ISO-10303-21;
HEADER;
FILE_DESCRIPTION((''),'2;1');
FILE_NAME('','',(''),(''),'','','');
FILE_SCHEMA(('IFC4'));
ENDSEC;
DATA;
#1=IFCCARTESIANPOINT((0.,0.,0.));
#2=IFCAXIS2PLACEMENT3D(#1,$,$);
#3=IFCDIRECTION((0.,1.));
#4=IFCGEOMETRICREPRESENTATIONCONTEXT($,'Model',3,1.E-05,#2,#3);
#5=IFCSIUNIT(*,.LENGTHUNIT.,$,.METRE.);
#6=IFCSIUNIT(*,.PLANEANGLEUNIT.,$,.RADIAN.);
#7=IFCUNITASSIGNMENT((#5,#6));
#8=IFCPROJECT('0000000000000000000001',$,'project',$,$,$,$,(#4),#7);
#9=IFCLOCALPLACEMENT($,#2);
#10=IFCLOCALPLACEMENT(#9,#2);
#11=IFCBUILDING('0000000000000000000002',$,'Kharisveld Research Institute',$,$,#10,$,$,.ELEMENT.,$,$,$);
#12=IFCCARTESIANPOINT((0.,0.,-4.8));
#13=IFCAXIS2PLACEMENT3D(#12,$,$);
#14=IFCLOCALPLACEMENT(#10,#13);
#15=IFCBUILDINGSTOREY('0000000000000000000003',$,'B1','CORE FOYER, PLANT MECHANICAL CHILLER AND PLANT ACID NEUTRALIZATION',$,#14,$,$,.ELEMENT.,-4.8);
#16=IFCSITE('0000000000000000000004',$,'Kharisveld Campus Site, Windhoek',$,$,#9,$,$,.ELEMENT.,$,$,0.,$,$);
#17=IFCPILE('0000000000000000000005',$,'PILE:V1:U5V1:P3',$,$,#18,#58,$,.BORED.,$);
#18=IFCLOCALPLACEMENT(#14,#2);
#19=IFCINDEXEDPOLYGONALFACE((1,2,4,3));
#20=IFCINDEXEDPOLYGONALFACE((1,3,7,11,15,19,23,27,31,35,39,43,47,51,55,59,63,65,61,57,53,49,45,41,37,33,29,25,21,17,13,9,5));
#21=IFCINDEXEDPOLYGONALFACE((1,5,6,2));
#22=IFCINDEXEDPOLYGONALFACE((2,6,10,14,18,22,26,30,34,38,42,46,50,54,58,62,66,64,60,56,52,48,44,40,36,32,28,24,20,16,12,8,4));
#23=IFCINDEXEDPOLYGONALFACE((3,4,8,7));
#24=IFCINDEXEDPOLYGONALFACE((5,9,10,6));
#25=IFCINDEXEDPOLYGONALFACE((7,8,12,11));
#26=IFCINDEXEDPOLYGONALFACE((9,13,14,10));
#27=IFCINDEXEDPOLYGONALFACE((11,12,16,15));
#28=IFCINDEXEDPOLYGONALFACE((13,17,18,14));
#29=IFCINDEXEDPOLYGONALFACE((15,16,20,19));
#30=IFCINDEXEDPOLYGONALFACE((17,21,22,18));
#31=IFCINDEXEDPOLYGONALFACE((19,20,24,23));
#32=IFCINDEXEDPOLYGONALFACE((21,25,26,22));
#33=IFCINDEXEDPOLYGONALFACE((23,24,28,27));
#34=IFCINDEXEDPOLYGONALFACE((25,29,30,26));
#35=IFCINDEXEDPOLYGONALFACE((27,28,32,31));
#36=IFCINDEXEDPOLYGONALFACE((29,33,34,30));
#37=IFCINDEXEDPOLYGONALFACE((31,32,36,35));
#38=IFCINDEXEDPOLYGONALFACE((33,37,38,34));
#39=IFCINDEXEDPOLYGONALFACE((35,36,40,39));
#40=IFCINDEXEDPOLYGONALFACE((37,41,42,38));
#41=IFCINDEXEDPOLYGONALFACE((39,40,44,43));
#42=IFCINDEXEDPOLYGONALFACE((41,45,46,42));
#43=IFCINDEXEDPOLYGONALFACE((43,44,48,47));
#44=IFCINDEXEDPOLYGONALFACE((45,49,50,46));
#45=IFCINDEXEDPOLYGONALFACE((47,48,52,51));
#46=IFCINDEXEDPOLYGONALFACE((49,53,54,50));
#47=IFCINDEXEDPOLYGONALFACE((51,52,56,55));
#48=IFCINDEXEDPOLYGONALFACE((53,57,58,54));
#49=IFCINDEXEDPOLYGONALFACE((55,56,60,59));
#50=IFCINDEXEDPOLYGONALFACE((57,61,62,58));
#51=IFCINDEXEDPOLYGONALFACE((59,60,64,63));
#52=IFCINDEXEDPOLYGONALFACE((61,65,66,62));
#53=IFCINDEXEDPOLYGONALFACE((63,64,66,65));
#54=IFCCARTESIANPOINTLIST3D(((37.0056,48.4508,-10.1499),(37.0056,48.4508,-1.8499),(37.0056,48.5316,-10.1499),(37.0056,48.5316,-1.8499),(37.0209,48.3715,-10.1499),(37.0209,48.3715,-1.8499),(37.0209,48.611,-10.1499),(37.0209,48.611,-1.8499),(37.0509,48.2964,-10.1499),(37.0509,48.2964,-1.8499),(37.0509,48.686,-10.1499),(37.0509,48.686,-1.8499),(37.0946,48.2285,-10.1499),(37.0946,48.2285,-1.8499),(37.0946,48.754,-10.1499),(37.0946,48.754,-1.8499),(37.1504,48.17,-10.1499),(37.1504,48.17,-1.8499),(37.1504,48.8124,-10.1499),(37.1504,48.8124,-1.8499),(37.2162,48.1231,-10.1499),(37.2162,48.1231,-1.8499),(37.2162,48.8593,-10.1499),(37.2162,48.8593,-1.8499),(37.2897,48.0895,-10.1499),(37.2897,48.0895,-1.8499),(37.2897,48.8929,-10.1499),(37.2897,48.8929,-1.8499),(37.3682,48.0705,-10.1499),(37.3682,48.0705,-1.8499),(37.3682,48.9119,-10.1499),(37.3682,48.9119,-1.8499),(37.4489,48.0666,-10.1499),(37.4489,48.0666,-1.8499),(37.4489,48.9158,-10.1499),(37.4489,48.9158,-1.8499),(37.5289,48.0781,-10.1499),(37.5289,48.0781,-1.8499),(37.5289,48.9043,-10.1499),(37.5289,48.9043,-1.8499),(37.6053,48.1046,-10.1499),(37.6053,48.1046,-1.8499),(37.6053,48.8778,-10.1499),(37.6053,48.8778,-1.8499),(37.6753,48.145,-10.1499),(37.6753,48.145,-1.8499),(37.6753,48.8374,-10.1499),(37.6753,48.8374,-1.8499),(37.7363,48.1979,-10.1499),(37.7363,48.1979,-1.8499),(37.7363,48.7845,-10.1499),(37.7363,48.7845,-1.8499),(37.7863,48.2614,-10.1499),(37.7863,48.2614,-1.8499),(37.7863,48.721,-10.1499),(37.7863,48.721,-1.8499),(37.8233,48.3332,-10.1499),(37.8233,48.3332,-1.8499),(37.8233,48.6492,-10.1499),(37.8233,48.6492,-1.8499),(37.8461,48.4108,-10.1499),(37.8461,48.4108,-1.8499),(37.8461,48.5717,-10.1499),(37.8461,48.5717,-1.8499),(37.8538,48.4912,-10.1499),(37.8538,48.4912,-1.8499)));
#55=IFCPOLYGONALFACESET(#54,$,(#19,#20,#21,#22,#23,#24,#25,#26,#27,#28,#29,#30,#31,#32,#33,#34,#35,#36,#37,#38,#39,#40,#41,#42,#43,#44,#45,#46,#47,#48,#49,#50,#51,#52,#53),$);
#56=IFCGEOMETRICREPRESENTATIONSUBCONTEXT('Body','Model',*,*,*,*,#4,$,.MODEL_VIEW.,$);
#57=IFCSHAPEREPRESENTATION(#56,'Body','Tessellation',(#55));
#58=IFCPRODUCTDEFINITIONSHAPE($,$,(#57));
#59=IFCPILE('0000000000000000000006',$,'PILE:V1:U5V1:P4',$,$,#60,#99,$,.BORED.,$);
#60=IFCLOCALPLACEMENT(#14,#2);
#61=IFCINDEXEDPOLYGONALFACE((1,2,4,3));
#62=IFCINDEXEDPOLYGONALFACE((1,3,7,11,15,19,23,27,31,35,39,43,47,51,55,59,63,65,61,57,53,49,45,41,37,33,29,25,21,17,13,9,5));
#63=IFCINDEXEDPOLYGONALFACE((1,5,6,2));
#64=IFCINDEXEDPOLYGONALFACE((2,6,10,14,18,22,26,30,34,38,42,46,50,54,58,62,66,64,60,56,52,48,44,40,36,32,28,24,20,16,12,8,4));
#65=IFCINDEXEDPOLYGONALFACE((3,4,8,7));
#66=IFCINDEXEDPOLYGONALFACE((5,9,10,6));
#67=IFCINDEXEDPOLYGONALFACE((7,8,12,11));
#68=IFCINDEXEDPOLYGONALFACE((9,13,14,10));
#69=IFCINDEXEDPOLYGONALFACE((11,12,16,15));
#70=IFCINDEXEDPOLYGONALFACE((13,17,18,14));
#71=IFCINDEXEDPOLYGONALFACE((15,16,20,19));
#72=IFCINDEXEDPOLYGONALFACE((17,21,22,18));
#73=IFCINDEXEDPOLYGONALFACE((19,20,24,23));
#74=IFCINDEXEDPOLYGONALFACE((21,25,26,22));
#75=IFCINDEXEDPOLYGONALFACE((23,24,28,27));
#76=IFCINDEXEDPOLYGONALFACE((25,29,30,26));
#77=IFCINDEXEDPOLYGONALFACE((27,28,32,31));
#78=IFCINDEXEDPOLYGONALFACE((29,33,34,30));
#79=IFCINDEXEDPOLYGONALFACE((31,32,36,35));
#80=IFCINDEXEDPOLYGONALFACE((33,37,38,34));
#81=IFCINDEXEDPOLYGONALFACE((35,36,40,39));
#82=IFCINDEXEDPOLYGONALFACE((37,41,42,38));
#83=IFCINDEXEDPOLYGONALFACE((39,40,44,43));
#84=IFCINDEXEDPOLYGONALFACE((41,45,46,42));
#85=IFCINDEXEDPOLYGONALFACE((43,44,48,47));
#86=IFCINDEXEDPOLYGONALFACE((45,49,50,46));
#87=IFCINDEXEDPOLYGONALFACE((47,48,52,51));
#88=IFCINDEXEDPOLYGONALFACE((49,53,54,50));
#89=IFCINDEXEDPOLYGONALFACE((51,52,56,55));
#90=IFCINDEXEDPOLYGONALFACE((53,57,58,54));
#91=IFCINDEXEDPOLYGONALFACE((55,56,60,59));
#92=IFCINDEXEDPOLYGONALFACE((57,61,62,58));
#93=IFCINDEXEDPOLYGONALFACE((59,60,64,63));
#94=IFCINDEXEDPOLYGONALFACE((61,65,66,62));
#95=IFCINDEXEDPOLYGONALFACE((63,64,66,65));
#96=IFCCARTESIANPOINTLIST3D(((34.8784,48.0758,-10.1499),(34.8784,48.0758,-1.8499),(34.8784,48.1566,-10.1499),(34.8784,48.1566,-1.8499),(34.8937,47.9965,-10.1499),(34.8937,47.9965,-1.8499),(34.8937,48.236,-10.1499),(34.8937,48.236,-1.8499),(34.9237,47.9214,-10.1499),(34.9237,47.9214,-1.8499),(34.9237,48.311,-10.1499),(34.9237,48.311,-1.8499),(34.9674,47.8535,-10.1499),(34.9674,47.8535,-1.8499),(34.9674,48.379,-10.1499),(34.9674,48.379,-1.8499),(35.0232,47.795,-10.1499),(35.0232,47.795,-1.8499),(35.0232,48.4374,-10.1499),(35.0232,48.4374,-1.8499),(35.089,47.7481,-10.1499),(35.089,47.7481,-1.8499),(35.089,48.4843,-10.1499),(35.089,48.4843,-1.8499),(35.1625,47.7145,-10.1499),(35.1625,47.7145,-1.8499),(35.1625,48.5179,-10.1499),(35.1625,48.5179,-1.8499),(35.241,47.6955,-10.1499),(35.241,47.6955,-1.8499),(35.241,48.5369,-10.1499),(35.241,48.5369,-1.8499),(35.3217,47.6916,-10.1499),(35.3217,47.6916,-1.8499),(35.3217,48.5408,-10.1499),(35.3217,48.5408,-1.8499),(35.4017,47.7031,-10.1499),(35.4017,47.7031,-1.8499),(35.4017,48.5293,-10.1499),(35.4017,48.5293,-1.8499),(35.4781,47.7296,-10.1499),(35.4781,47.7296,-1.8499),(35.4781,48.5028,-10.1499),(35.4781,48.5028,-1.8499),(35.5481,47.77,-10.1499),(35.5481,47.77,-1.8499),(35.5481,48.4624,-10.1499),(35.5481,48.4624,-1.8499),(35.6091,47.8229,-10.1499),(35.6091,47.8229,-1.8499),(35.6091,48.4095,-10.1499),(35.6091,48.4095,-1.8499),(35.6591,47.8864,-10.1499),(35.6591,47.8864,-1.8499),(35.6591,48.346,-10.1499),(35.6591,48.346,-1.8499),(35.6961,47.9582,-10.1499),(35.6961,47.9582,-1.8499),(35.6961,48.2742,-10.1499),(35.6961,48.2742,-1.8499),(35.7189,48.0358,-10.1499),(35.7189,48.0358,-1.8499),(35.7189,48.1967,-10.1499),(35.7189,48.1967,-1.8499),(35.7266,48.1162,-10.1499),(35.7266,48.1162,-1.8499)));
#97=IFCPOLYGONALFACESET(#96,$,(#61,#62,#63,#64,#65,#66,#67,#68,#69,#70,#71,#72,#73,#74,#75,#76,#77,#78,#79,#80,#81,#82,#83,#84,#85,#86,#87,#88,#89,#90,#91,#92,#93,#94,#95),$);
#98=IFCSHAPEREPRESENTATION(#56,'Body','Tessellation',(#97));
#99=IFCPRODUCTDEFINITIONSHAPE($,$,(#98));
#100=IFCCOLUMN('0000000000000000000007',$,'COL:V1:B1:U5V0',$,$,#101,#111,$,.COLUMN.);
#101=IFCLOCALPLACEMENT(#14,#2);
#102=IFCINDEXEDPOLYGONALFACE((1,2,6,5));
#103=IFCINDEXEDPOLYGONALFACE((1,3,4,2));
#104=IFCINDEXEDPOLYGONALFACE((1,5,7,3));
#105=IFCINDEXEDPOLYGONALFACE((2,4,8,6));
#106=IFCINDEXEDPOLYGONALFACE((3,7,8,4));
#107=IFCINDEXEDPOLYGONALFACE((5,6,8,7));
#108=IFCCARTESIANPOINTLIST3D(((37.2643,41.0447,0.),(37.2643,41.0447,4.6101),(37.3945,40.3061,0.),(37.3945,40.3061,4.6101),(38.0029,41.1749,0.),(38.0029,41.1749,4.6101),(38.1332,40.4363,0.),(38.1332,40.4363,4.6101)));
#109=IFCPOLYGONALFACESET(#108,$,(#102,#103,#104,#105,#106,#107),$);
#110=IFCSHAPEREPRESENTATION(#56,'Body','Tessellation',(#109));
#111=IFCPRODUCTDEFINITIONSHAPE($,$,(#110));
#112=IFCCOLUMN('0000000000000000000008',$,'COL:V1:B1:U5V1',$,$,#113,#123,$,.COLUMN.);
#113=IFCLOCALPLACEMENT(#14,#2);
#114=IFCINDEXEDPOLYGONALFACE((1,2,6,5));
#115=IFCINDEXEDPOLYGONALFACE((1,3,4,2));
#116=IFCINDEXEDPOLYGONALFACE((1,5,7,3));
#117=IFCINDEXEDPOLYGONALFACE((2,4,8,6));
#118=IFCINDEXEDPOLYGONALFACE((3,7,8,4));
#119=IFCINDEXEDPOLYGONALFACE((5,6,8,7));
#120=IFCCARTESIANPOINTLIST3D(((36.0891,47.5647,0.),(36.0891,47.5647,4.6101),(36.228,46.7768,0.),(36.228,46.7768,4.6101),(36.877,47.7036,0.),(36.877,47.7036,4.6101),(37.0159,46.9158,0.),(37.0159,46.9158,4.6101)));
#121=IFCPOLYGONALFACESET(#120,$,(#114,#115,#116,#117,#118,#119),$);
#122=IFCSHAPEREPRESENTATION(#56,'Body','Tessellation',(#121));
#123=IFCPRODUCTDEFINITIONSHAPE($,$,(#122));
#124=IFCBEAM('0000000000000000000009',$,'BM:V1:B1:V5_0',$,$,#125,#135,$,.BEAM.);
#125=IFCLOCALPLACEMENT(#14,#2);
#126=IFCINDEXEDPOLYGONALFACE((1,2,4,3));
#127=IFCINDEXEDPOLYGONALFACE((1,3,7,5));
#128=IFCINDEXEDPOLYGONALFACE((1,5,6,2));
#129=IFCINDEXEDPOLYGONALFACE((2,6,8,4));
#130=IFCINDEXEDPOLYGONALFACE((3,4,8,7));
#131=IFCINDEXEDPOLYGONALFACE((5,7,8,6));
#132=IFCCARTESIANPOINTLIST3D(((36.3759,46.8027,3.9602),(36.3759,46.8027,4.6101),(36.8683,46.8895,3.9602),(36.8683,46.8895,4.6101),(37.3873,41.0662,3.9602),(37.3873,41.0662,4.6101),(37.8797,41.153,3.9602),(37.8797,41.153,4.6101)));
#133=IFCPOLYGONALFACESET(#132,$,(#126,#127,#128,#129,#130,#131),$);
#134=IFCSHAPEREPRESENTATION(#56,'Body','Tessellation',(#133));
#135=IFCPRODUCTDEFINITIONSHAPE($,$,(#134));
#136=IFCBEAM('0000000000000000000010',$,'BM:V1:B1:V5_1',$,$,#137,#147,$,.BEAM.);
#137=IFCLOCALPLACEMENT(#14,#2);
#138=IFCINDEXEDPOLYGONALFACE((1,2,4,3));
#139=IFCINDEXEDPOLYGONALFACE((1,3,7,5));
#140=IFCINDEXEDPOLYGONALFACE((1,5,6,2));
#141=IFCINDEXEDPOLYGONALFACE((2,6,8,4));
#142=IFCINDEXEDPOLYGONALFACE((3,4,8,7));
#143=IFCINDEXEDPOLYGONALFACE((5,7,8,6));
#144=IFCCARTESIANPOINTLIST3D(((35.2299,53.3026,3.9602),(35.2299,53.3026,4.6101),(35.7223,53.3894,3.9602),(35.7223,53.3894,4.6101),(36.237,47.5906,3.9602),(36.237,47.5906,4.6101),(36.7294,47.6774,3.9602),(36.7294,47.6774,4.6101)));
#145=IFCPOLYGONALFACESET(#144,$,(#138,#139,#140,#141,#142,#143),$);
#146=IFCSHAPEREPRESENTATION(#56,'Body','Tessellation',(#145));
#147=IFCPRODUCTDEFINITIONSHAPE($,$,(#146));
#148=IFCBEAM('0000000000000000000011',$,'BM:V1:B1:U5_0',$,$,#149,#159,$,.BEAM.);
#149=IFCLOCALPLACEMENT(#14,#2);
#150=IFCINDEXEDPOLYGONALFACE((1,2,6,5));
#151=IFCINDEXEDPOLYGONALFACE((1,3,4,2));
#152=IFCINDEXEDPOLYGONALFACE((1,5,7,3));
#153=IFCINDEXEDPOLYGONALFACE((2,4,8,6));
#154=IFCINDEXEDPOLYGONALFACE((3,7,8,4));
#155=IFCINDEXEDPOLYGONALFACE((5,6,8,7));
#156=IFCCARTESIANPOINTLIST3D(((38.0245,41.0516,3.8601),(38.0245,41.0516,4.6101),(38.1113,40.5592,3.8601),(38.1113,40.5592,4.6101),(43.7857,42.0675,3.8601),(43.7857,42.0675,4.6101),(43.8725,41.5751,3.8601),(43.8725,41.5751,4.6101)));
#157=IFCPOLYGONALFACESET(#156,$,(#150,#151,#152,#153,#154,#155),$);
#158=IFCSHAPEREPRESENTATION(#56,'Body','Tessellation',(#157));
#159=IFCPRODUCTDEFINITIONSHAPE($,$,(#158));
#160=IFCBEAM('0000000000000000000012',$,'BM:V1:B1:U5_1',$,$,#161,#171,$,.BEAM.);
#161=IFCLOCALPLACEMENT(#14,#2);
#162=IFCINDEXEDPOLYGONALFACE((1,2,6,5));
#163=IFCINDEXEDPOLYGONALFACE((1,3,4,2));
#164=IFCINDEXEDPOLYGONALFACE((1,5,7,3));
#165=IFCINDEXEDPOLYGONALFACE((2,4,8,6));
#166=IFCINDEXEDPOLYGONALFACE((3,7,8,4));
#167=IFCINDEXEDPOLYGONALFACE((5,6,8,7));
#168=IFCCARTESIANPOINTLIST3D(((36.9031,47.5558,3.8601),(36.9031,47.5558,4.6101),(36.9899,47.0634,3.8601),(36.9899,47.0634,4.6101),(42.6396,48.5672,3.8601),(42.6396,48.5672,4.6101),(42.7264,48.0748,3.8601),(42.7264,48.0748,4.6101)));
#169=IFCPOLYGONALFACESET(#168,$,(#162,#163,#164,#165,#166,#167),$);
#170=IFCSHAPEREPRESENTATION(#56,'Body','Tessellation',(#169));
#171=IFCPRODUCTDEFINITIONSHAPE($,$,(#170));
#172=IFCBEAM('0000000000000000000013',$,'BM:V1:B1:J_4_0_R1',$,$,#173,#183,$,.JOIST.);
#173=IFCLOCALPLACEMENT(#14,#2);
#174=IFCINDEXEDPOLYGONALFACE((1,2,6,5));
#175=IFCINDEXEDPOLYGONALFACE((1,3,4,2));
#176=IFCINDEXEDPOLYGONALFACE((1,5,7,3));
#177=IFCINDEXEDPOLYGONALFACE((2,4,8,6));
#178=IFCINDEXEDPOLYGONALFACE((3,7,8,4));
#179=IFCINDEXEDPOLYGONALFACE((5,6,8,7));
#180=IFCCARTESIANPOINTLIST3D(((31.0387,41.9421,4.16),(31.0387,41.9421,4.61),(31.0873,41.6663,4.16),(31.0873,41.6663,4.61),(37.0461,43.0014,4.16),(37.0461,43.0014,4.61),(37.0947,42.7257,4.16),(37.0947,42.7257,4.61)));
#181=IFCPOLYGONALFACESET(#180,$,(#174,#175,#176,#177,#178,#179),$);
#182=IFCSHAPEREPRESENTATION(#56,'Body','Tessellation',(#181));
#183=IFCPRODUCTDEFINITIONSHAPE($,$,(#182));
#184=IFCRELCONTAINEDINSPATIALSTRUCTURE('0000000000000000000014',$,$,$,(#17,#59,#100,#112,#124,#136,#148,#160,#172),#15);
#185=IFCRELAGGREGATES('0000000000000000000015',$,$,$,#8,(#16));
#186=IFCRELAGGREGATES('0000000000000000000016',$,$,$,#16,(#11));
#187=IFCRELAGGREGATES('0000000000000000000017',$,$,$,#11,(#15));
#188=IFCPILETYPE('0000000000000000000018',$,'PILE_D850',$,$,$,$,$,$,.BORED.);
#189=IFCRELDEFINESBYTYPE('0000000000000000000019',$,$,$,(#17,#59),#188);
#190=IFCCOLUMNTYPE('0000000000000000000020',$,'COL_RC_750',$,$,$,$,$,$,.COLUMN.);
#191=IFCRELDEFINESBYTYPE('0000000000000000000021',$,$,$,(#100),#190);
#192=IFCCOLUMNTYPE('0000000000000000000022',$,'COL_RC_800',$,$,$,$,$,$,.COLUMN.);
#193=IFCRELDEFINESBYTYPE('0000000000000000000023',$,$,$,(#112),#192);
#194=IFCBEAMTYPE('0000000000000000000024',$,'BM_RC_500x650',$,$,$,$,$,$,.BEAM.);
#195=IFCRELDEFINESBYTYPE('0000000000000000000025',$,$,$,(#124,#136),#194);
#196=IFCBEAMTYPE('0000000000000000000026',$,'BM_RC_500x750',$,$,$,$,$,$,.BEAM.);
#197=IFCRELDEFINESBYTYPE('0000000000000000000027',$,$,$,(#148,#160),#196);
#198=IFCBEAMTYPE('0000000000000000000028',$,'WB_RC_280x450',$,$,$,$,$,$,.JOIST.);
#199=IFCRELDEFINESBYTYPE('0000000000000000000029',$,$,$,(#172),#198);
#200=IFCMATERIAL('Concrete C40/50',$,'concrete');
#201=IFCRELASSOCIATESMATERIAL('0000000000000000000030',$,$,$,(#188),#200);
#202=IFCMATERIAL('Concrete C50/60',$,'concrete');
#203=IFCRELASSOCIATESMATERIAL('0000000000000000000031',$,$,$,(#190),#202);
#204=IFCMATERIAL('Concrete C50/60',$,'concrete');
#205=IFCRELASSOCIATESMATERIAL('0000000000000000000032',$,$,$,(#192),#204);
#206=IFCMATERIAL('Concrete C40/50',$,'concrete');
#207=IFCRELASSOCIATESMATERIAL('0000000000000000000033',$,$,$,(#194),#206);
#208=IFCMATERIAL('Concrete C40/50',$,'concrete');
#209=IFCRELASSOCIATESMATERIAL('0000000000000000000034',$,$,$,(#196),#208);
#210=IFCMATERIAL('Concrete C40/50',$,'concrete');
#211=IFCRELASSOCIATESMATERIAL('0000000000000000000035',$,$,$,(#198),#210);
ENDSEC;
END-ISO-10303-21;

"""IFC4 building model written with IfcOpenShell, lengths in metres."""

from ifc_helpers import new_model, si_unit, direction, frame, origin, origin_2d, place, context, subcontext, project, spatial, rectangle, circle, extrude, material, material_profile, profile_set, type_object, element, save


model = new_model("IFC4")

# Units and contexts
model_context = context("Model", 3, precision=1e-05, world=origin(), true_north=direction((0.0, 1.0)))
body_context = subcontext(model_context, "Body", "Model", "MODEL_VIEW")
ifc_project = project(units=[si_unit("LENGTHUNIT", "METRE"), si_unit("PLANEANGLEUNIT", "RADIAN")], contexts=[model_context])

# Site, building, storey
site_placement = place(None, origin())
site = spatial("IfcSite", under=ifc_project, at=site_placement, Name="Kharisveld Campus Site, Windhoek", CompositionType="ELEMENT", RefElevation=0.0)
building_placement = place(site_placement, origin())
building = spatial("IfcBuilding", under=site, at=building_placement, Name="Kharisveld Research Institute", CompositionType="ELEMENT")
storey_placement = place(building_placement, frame((0.0, 0.0, -4.8)))
storey = spatial("IfcBuildingStorey", under=building, at=storey_placement, Name="B1", Description="CORE FOYER, PLANT MECHANICAL CHILLER AND PLANT ACID NEUTRALIZATION", CompositionType="ELEMENT", Elevation=-4.8)

# Piles
ifc_material_1 = material(Name="Concrete C40/50", Category="concrete")
ifc_material_profile_1 = material_profile(ifc_material_1, circle(Radius=0.425, at=origin_2d()))
ifc_profile_set_1 = profile_set([ifc_material_profile_1], Name="Concrete C40/50")
pile_type_1 = type_object("IfcPileType", Name="PILE_D850", PredefinedType="BORED", material=ifc_profile_set_1)
for number, where, z_axis, x_axis, name in (
    (1, (37.4287, 48.4912, -1.8499), (0.0, 0.0, -1.0), (1.0, 0.0, 0.0), "PILE:V1:U5V1:P3"),
    (2, (35.3015, 48.1162, -1.8499), (0.0, 0.0, -1.0), (1.0, 0.0, 0.0), "PILE:V1:U5V1:P4"),
):
    element("IfcPile", number, at=place(storey_placement, frame(where, z_axis=z_axis, x_axis=x_axis)), inside=storey, type_object=pile_type_1, Name=name, PredefinedType="BORED", context=body_context, shape_type="SweptSolid", body=[
        extrude(circle(Radius=0.425, at=origin_2d()), origin(), (0.0, 0.0, 1.0), 8.3),
    ])

# Columns
ifc_material_2 = material(Name="Concrete C50/60", Category="concrete")
ifc_material_profile_2 = material_profile(ifc_material_2, rectangle(XDim=0.75, YDim=0.75, at=origin_2d()))
ifc_profile_set_2 = profile_set([ifc_material_profile_2], Name="Concrete C50/60")
column_type_1 = type_object("IfcColumnType", Name="COL_RC_750", PredefinedType="COLUMN", material=ifc_profile_set_2)
column_1_placement = place(storey_placement, frame((37.6987, 40.7405, 0.0), z_axis=(0.0, 0.0, 1.0), x_axis=(0.984808, 0.173648, 0.0)))
element("IfcColumn", 3, at=column_1_placement, inside=storey, type_object=column_type_1, Name="COL:V1:B1:U5V0", PredefinedType="COLUMN", context=body_context, shape_type="SweptSolid", body=[
    extrude(rectangle(XDim=0.75, YDim=0.75, at=origin_2d()), origin(), (0.0, 0.0, 1.0), 4.6101),
])
ifc_material_3 = material(Name="Concrete C50/60", Category="concrete")
ifc_material_profile_3 = material_profile(ifc_material_3, rectangle(XDim=0.8, YDim=0.8, at=origin_2d()))
ifc_profile_set_3 = profile_set([ifc_material_profile_3], Name="Concrete C50/60")
column_type_2 = type_object("IfcColumnType", Name="COL_RC_800", PredefinedType="COLUMN", material=ifc_profile_set_3)
column_2_placement = place(storey_placement, frame((36.5525, 47.2402, 0.0), z_axis=(0.0, 0.0, 1.0), x_axis=(0.984808, 0.173648, 0.0)))
element("IfcColumn", 4, at=column_2_placement, inside=storey, type_object=column_type_2, Name="COL:V1:B1:U5V1", PredefinedType="COLUMN", context=body_context, shape_type="SweptSolid", body=[
    extrude(rectangle(XDim=0.8, YDim=0.8, at=origin_2d()), origin(), (0.0, 0.0, 1.0), 4.6101),
])

# Beams
ifc_material_4 = material(Name="Concrete C40/50", Category="concrete")
ifc_material_profile_4 = material_profile(ifc_material_4, rectangle(XDim=0.5, YDim=0.6499, at=origin_2d()))
ifc_profile_set_4 = profile_set([ifc_material_profile_4], Name="Concrete C40/50")
beam_type_1 = type_object("IfcBeamType", Name="BM_RC_500x650", PredefinedType="BEAM", material=ifc_profile_set_4)
beam_1_placement = place(storey_placement, frame((37.6335, 41.1096, 4.2852), z_axis=(-0.173642, 0.984809, 0.0), x_axis=(-0.984809, -0.173642, 0.0)))
element("IfcBeam", 5, at=beam_1_placement, inside=storey, type_object=beam_type_1, Name="BM:V1:B1:V5_0", PredefinedType="BEAM", context=body_context, shape_type="SweptSolid", body=[
    extrude(rectangle(XDim=0.5, YDim=0.6499, at=origin_2d()), origin(), (0.0, 0.0, 1.0), 5.825),
])
beam_2_placement = place(storey_placement, frame((36.4832, 47.634, 4.2852), z_axis=(-0.173634, 0.98481, 0.0), x_axis=(-0.98481, -0.173634, 0.0)))
element("IfcBeam", 6, at=beam_2_placement, inside=storey, type_object=beam_type_1, Name="BM:V1:B1:V5_1", PredefinedType="BEAM", context=body_context, shape_type="SweptSolid", body=[
    extrude(rectangle(XDim=0.5, YDim=0.6499, at=origin_2d()), origin(), (0.0, 0.0, 1.0), 5.8),
])
ifc_material_5 = material(Name="Concrete C40/50", Category="concrete")
ifc_material_profile_5 = material_profile(ifc_material_5, rectangle(XDim=0.5, YDim=0.75, at=origin_2d()))
ifc_profile_set_5 = profile_set([ifc_material_profile_5], Name="Concrete C40/50")
beam_type_2 = type_object("IfcBeamType", Name="BM_RC_500x750", PredefinedType="BEAM", material=ifc_profile_set_5)
beam_3_placement = place(storey_placement, frame((38.0679, 40.8054, 4.2351), z_axis=(0.984807, 0.17365, 0.0), x_axis=(-0.17365, 0.984807, 0.0)))
element("IfcBeam", 7, at=beam_3_placement, inside=storey, type_object=beam_type_2, Name="BM:V1:B1:U5_0", PredefinedType="BEAM", context=body_context, shape_type="SweptSolid", body=[
    extrude(rectangle(XDim=0.5, YDim=0.75, at=origin_2d()), origin(), (0.0, 0.0, 1.0), 5.8501),
])
beam_4_placement = place(storey_placement, frame((36.9465, 47.3096, 4.2351), z_axis=(0.984809, 0.173642, 0.0), x_axis=(-0.173642, 0.984809, 0.0)))
element("IfcBeam", 8, at=beam_4_placement, inside=storey, type_object=beam_type_2, Name="BM:V1:B1:U5_1", PredefinedType="BEAM", context=body_context, shape_type="SweptSolid", body=[
    extrude(rectangle(XDim=0.5, YDim=0.75, at=origin_2d()), origin(), (0.0, 0.0, 1.0), 5.825),
])
ifc_material_6 = material(Name="Concrete C40/50", Category="concrete")
ifc_material_profile_6 = material_profile(ifc_material_6, rectangle(XDim=0.28, YDim=0.45, at=origin_2d()))
ifc_profile_set_6 = profile_set([ifc_material_profile_6], Name="Concrete C40/50")
beam_type_3 = type_object("IfcBeamType", Name="WB_RC_280x450", PredefinedType="JOIST", material=ifc_profile_set_6)
beam_5_placement = place(storey_placement, frame((31.063, 41.8042, 4.385), z_axis=(0.984806, 0.17366, 0.0), x_axis=(-0.17366, 0.984806, 0.0)))
element("IfcBeam", 9, at=beam_5_placement, inside=storey, type_object=beam_type_3, Name="BM:V1:B1:J_4_0_R1", PredefinedType="JOIST", context=body_context, shape_type="SweptSolid", body=[
    extrude(rectangle(XDim=0.28, YDim=0.45, at=origin_2d()), origin(), (0.0, 0.0, 1.0), 6.1001),
])

save(model, "model.ifc")
